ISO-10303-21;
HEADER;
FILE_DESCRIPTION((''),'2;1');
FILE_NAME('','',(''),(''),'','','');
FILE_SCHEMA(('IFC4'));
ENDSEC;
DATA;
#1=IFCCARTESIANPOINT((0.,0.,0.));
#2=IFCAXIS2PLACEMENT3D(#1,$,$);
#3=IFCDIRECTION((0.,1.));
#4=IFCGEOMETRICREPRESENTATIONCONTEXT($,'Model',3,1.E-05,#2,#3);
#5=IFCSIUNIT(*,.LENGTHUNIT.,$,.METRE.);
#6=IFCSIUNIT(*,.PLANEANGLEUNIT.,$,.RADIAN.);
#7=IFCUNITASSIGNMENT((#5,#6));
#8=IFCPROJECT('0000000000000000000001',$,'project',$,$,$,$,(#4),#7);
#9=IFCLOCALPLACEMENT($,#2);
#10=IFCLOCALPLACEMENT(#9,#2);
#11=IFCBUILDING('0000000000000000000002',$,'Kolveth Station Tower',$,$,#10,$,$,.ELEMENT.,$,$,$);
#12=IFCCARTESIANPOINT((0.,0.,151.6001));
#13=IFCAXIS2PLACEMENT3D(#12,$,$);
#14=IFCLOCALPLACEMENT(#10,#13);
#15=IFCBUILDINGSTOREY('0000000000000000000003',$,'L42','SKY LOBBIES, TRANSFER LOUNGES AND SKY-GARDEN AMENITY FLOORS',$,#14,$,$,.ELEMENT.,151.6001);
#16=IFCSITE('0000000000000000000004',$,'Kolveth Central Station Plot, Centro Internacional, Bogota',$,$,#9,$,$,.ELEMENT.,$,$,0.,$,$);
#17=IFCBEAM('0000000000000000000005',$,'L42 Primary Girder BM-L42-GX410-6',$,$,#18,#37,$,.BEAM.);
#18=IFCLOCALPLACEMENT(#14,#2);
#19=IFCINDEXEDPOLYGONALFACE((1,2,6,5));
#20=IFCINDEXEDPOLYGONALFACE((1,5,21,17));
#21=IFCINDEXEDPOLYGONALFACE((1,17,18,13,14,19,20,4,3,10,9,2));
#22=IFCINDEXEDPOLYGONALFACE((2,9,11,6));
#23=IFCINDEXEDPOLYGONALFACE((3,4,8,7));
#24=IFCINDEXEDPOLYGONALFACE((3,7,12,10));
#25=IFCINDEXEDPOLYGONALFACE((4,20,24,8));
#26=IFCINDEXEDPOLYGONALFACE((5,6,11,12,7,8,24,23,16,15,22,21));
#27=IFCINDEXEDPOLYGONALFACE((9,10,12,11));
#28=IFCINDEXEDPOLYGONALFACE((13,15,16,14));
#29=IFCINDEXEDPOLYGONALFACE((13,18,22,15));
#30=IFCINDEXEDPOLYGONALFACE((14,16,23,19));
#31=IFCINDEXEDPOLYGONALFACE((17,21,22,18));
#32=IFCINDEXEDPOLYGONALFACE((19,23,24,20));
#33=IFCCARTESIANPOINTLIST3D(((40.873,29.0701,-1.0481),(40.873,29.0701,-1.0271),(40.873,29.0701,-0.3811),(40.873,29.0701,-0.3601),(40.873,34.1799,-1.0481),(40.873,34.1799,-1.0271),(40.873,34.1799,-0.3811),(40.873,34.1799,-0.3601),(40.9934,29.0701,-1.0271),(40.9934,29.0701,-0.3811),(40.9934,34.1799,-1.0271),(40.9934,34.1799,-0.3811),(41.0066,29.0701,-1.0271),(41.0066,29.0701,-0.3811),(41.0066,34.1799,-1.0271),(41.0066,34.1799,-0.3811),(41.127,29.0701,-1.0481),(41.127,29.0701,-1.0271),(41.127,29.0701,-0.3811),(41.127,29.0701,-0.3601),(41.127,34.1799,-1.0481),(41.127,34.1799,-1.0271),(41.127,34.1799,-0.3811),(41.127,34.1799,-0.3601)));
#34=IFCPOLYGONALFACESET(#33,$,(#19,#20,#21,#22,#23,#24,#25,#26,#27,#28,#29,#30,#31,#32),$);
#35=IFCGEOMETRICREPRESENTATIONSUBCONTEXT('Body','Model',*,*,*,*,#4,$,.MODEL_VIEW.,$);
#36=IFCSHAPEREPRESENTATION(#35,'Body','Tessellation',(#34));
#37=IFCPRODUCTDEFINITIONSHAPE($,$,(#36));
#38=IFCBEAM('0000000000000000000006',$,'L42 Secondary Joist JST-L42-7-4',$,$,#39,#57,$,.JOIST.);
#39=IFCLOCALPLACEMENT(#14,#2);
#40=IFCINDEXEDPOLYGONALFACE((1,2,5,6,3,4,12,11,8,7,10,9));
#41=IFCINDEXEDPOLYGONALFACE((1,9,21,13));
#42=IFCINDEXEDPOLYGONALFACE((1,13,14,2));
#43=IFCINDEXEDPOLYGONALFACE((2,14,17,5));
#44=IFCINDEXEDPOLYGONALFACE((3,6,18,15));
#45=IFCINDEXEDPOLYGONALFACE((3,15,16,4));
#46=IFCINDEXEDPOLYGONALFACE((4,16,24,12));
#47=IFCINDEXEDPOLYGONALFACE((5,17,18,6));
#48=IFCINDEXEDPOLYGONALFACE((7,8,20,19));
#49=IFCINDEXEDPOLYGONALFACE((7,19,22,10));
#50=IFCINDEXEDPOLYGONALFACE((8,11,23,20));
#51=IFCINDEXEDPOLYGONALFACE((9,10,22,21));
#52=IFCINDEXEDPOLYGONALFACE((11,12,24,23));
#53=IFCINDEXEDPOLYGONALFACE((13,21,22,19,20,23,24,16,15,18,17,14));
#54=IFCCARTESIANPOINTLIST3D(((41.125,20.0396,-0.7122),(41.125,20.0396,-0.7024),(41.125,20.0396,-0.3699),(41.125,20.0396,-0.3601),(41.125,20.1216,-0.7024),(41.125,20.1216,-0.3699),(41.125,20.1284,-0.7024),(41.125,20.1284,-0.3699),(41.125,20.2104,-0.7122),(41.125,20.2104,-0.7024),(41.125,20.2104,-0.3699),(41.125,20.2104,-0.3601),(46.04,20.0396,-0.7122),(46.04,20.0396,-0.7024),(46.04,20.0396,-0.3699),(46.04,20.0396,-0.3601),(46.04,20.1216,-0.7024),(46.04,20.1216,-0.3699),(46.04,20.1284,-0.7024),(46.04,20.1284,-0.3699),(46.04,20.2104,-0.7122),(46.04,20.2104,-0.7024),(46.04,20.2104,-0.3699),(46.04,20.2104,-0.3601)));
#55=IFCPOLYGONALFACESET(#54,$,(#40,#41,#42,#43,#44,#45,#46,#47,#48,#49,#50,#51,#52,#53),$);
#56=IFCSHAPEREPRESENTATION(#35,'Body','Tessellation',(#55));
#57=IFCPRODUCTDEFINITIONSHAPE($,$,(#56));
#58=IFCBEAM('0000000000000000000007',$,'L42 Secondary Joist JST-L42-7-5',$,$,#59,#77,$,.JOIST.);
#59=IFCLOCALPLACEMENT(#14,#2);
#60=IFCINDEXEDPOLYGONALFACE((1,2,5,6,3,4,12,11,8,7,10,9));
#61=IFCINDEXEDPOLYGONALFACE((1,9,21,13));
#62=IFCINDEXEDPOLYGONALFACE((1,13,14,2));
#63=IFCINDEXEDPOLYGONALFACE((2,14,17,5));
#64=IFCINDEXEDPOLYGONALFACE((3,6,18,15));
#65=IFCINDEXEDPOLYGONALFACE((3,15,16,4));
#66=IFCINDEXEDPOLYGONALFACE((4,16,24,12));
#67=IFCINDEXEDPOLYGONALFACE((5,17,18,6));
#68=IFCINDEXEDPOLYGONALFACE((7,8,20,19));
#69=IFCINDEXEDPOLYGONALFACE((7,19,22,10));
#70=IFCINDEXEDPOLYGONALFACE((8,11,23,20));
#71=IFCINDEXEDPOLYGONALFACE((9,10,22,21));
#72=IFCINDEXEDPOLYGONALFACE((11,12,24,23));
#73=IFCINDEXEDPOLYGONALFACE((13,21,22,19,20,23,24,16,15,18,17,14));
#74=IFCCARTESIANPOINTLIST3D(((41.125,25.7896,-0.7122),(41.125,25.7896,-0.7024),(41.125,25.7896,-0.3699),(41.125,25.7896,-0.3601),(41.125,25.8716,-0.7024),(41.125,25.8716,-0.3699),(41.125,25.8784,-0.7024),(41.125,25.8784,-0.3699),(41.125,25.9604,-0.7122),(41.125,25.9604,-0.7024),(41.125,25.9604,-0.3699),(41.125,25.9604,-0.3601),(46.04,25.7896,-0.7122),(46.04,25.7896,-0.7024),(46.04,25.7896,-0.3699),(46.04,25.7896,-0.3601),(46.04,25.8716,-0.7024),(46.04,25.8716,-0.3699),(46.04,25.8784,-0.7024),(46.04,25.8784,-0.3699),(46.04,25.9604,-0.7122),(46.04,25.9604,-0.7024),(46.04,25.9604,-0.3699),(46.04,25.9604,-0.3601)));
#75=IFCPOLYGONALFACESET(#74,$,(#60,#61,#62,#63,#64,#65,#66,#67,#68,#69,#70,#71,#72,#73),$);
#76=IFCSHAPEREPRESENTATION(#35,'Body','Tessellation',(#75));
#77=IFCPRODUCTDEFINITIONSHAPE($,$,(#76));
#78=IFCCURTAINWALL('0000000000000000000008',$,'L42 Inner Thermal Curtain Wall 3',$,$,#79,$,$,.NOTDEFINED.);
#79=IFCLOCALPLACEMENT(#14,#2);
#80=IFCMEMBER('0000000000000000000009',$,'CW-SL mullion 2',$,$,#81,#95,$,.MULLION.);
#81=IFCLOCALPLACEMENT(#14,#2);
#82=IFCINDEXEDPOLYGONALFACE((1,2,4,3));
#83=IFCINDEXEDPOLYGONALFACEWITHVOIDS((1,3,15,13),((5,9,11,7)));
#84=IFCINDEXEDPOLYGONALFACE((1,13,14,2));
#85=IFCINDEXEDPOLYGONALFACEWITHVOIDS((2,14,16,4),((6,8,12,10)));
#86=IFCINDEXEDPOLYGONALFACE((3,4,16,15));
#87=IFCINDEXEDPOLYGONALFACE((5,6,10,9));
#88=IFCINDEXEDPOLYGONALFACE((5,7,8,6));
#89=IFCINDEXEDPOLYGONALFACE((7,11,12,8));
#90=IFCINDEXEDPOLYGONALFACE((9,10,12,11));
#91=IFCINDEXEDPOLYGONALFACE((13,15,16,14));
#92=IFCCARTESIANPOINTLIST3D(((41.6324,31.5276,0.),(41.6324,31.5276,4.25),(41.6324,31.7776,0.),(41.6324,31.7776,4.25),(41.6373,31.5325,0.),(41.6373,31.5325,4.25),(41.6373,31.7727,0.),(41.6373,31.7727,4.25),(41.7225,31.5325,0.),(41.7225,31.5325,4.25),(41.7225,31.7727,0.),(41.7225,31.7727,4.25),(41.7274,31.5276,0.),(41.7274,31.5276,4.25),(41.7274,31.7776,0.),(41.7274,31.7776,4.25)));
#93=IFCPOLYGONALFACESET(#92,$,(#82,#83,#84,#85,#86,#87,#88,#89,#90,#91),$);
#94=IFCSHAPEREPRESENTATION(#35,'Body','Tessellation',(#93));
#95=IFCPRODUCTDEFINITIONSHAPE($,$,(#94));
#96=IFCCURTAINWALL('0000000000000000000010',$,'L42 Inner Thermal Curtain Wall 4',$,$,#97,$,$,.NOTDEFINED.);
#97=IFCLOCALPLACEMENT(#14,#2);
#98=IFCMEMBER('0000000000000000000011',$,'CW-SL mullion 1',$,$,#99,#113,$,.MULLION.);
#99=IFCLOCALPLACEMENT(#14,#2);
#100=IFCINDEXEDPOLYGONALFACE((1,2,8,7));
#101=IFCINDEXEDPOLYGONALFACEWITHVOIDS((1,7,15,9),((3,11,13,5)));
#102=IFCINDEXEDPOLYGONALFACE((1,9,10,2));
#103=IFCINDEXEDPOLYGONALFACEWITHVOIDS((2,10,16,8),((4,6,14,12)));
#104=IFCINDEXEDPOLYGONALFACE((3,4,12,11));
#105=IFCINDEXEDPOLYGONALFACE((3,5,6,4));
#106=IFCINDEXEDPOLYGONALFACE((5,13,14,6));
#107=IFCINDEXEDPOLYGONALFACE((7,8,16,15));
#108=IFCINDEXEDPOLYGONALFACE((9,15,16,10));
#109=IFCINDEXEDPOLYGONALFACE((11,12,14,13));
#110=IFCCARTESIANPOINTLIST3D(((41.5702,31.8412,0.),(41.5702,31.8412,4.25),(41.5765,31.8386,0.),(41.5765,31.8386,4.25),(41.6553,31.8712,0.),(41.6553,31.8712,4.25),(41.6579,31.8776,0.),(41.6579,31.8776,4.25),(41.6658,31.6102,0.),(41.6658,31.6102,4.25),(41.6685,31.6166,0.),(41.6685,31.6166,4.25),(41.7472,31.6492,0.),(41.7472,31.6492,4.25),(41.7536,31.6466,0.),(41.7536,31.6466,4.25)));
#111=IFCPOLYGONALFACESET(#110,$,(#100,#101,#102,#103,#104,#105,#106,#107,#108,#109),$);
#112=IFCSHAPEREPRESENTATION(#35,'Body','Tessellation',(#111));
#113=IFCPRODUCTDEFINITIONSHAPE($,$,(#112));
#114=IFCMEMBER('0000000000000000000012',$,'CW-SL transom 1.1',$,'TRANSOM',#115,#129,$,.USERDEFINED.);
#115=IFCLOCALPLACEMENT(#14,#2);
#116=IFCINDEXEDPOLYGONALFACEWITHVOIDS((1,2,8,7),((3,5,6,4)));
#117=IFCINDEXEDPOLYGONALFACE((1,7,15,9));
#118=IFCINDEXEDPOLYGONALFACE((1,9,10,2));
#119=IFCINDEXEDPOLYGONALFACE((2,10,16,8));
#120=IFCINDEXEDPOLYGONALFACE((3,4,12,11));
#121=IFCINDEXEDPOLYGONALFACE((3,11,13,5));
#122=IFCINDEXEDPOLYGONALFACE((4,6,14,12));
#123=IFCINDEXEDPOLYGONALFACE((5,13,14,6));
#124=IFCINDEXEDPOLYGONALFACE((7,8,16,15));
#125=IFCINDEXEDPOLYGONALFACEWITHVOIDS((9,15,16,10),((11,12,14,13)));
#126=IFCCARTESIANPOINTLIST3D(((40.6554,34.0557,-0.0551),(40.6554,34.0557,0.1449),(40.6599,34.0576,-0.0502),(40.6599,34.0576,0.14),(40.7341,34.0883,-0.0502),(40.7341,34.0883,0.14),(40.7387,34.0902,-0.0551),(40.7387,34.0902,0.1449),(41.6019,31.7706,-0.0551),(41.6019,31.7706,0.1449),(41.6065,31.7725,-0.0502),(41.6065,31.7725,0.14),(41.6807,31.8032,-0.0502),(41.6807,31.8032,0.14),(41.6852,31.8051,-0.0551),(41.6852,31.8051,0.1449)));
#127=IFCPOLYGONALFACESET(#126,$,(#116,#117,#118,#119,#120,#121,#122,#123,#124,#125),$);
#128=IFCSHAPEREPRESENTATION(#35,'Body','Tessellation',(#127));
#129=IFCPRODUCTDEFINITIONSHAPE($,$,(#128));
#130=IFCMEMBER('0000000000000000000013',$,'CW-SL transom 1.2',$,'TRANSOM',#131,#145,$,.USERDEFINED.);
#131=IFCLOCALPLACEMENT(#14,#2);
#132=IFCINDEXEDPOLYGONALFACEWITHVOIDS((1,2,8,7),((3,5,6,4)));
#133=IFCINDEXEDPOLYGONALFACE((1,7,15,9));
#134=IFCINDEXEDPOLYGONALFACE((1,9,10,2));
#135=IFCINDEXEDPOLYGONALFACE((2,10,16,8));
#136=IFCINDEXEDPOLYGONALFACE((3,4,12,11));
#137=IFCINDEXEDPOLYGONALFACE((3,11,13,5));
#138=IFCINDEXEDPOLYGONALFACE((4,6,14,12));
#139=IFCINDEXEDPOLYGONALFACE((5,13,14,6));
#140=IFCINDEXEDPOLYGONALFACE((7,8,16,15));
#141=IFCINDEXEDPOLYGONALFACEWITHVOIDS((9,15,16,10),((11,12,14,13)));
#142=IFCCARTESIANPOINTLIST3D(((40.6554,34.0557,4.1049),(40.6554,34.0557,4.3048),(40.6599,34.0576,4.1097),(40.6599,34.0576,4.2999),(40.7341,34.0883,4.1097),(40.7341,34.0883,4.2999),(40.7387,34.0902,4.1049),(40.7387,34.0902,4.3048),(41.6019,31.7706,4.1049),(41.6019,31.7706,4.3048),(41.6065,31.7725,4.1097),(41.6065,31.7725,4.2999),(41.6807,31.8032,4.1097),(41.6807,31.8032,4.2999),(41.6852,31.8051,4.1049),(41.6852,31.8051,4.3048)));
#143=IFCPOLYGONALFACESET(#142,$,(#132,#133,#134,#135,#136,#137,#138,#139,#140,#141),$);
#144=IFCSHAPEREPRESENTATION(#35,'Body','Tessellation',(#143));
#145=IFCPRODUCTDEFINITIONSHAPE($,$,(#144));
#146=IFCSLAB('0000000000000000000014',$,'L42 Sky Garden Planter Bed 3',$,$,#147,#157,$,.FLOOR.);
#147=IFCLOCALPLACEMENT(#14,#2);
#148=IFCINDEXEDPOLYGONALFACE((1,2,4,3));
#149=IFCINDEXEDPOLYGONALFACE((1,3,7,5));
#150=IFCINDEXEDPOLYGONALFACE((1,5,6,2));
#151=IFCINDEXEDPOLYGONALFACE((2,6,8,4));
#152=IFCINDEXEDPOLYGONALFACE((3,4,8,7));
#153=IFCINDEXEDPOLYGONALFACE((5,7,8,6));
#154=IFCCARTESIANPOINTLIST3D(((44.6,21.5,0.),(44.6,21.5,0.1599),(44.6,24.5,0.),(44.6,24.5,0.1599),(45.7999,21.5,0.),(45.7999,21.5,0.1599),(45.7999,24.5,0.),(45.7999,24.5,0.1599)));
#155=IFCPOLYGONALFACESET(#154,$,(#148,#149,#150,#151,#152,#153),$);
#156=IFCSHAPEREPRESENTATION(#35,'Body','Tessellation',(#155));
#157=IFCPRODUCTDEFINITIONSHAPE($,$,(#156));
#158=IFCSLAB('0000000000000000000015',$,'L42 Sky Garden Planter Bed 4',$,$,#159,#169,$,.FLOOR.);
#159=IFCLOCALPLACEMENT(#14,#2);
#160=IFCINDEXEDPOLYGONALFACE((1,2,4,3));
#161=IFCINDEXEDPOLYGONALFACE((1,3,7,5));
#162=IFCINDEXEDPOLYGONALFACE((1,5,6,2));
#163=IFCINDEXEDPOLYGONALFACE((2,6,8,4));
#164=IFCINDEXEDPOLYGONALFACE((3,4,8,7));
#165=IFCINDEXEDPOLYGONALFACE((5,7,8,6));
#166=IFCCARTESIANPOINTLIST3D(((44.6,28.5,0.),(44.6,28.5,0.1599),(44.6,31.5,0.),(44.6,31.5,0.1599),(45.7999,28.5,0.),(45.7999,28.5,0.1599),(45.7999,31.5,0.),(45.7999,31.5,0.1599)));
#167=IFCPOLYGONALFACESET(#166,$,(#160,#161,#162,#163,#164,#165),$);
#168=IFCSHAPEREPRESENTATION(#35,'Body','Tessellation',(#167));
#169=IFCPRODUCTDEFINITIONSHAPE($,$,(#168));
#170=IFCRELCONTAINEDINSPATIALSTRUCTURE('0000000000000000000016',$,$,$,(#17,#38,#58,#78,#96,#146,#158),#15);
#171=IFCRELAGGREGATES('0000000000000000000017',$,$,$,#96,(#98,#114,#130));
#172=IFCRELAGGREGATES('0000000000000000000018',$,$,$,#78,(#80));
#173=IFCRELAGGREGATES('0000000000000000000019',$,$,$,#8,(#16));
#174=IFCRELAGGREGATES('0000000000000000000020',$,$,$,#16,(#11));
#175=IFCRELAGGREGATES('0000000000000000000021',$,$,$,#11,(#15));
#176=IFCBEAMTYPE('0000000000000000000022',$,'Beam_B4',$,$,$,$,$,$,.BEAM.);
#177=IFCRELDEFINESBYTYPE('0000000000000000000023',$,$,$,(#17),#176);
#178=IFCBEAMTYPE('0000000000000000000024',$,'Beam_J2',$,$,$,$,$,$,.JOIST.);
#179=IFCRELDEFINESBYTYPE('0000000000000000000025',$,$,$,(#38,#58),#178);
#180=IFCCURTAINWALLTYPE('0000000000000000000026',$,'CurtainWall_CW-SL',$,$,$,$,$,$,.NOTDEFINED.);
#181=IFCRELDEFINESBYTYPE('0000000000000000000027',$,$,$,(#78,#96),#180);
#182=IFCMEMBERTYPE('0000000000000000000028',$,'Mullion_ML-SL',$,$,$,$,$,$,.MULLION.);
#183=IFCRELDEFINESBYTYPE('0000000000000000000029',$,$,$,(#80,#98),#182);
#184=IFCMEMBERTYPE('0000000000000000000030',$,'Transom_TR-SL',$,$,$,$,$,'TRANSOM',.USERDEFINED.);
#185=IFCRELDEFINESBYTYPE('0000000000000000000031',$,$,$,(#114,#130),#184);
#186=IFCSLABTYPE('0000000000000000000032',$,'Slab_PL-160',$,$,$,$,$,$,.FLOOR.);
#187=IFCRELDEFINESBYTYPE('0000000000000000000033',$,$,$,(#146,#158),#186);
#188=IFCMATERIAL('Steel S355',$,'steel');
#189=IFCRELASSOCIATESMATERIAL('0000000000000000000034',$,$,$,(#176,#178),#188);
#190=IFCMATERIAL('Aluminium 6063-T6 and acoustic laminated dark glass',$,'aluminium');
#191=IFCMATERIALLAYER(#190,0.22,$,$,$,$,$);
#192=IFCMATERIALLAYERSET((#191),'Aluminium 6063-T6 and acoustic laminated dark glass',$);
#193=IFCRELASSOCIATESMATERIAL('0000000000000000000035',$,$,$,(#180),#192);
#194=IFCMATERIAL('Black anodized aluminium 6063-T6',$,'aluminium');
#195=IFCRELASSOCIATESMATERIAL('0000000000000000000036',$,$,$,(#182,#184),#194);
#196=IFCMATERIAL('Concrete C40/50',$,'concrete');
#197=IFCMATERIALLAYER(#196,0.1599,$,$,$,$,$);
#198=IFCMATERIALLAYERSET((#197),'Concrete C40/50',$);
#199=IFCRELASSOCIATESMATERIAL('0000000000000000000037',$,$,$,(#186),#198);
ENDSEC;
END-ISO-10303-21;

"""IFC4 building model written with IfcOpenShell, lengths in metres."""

from ifc_helpers import new_model, si_unit, direction, frame, origin, origin_2d, place, context, subcontext, project, spatial, rectangle, hollow_rectangle, i_section, extrude, source, transform, mapped, material, layer, layer_set, material_profile, profile_set, type_object, element, aggregate, save


model = new_model("IFC4")

# Units and contexts
model_context = context("Model", 3, precision=1e-05, world=origin(), true_north=direction((0.0, 1.0)))
body_context = subcontext(model_context, "Body", "Model", "MODEL_VIEW")
ifc_project = project(units=[si_unit("LENGTHUNIT", "METRE"), si_unit("PLANEANGLEUNIT", "RADIAN")], contexts=[model_context])

# Site, building, storey
site_placement = place(None, origin())
site = spatial("IfcSite", under=ifc_project, at=site_placement, Name="Kolveth Central Station Plot, Centro Internacional, Bogota", CompositionType="ELEMENT", RefElevation=0.0)
building_placement = place(site_placement, origin())
building = spatial("IfcBuilding", under=site, at=building_placement, Name="Kolveth Station Tower", CompositionType="ELEMENT")
storey_placement = place(building_placement, frame((0.0, 0.0, 151.6001)))
storey = spatial("IfcBuildingStorey", under=building, at=storey_placement, Name="L42", Description="SKY LOBBIES, TRANSFER LOUNGES AND SKY-GARDEN AMENITY FLOORS", CompositionType="ELEMENT", Elevation=151.6001)

# Shared definitions
ifc_material_1 = material(Name="Steel S355", Category="steel")

# Beams
ifc_material_profile_1 = material_profile(ifc_material_1, i_section(OverallWidth=0.2539, OverallDepth=0.688, WebThickness=0.0132, FlangeThickness=0.021, at=origin_2d()), Name="W690x152")
ifc_profile_set_1 = profile_set([ifc_material_profile_1], Name="Steel S355")
beam_type_1 = type_object("IfcBeamType", Name="Beam_B4", PredefinedType="BEAM", material=ifc_profile_set_1)
shared_shape_1 = source(origin(), body_context, "Body", "SweptSolid", [
    extrude(i_section(OverallWidth=0.2539, OverallDepth=0.688, WebThickness=0.0132, FlangeThickness=0.021, at=origin_2d()), origin(), (0.0, 0.0, 1.0), 5.1099),
])
for number, where, z_axis, x_axis, name in (
    (1, (41.0, 29.0701, -0.7041), (0.0, 1.0, 0.0), (-1.0, 0.0, 0.0), "L42 Primary Girder BM-L42-GX410-6"),
):
    element("IfcBeam", number, at=place(storey_placement, frame(where, z_axis=z_axis, x_axis=x_axis)), inside=storey, type_object=beam_type_1, Name=name, PredefinedType="BEAM", context=body_context, shape_type="MappedRepresentation", body=[
        mapped(shared_shape_1, transform((0.0, 0.0, 0.0), x_axis=(1.0, 0.0, 0.0), y_axis=(0.0, 1.0, 0.0), z_axis=(0.0, 0.0, 1.0), scale=1.0)),
    ])
ifc_material_profile_2 = material_profile(ifc_material_1, i_section(OverallWidth=0.1709, OverallDepth=0.3521, WebThickness=0.0068, FlangeThickness=0.0098, at=origin_2d()), Name="W360x44")
ifc_profile_set_2 = profile_set([ifc_material_profile_2], Name="Steel S355")
beam_type_2 = type_object("IfcBeamType", Name="Beam_J2", PredefinedType="JOIST", material=ifc_profile_set_2)
shared_shape_2 = source(origin(), body_context, "Body", "SweptSolid", [
    extrude(i_section(OverallWidth=0.1709, OverallDepth=0.3521, WebThickness=0.0068, FlangeThickness=0.0098, at=origin_2d()), origin(), (0.0, 0.0, 1.0), 4.915),
])
for number, where, z_axis, x_axis, name in (
    (2, (41.125, 20.125, -0.5361), (1.0, 0.0, 0.0), (0.0, 1.0, 0.0), "L42 Secondary Joist JST-L42-7-4"),
    (3, (41.125, 25.875, -0.5361), (1.0, 0.0, 0.0), (0.0, 1.0, 0.0), "L42 Secondary Joist JST-L42-7-5"),
):
    element("IfcBeam", number, at=place(storey_placement, frame(where, z_axis=z_axis, x_axis=x_axis)), inside=storey, type_object=beam_type_2, Name=name, PredefinedType="JOIST", context=body_context, shape_type="MappedRepresentation", body=[
        mapped(shared_shape_2, transform((0.0, 0.0, 0.0), x_axis=(1.0, 0.0, 0.0), y_axis=(0.0, 1.0, 0.0), z_axis=(0.0, 0.0, 1.0), scale=1.0)),
    ])

# Curtain wall, member
ifc_material_2 = material(Name="Aluminium 6063-T6 and acoustic laminated dark glass", Category="aluminium")
ifc_layer_1 = layer(ifc_material_2, 0.22)
ifc_layer_set_1 = layer_set([ifc_layer_1], Name="Aluminium 6063-T6 and acoustic laminated dark glass")
curtain_wall_type = type_object("IfcCurtainWallType", Name="CurtainWall_CW-SL", PredefinedType="NOTDEFINED", material=ifc_layer_set_1)
curtain_wall_1_placement = place(storey_placement, origin())
curtain_wall_1 = element("IfcCurtainWall", 4, at=curtain_wall_1_placement, inside=storey, type_object=curtain_wall_type, Name="L42 Inner Thermal Curtain Wall 3", PredefinedType="NOTDEFINED")
ifc_material_3 = material(Name="Black anodized aluminium 6063-T6", Category="aluminium")
ifc_material_profile_3 = material_profile(ifc_material_3, hollow_rectangle(XDim=0.095, YDim=0.25, WallThickness=0.0049, at=origin_2d()), Name="ALU-95x250x5")
ifc_profile_set_3 = profile_set([ifc_material_profile_3], Name="Black anodized aluminium 6063-T6")
member_type_1 = type_object("IfcMemberType", Name="Mullion_ML-SL", PredefinedType="MULLION", material=ifc_profile_set_3)
shared_shape_3 = source(origin(), body_context, "Body", "SweptSolid", [
    extrude(hollow_rectangle(XDim=0.095, YDim=0.25, WallThickness=0.0049, at=origin_2d()), origin(), (0.0, 0.0, 1.0), 4.25),
])
member_1_placement = place(storey_placement, frame((41.6799, 31.6526, 0.0), z_axis=(0.0, 0.0, 1.0), x_axis=(-1.0, 0.0, 0.0)))
member_1 = element("IfcMember", 5, at=member_1_placement, type_object=member_type_1, Name="CW-SL mullion 2", PredefinedType="MULLION", context=body_context, shape_type="MappedRepresentation", body=[
    mapped(shared_shape_3, transform((0.0, 0.0, 0.0), x_axis=(1.0, 0.0, 0.0), y_axis=(0.0, 1.0, 0.0), z_axis=(0.0, 0.0, 1.0), scale=1.0)),
])

# Curtain wall, members
curtain_wall_2_placement = place(storey_placement, origin())
curtain_wall_2 = element("IfcCurtainWall", 6, at=curtain_wall_2_placement, inside=storey, type_object=curtain_wall_type, Name="L42 Inner Thermal Curtain Wall 4", PredefinedType="NOTDEFINED")
member_2_placement = place(storey_placement, frame((41.6619, 31.7439, 0.0), z_axis=(0.0, 0.0, 1.0), x_axis=(-0.923874, -0.382698, 0.0)))
member_2 = element("IfcMember", 7, at=member_2_placement, type_object=member_type_1, Name="CW-SL mullion 1", PredefinedType="MULLION", context=body_context, shape_type="MappedRepresentation", body=[
    mapped(shared_shape_3, transform((0.0, 0.0, 0.0), x_axis=(1.0, 0.0, 0.0), y_axis=(0.0, 1.0, 0.0), z_axis=(0.0, 0.0, 1.0), scale=1.0)),
])
ifc_material_profile_4 = material_profile(ifc_material_3, hollow_rectangle(XDim=0.0901, YDim=0.2, WallThickness=0.0049, at=origin_2d()), Name="ALU-90x200x5")
ifc_profile_set_4 = profile_set([ifc_material_profile_4], Name="Black anodized aluminium 6063-T6")
member_type_2 = type_object("IfcMemberType", Name="Transom_TR-SL", ElementType="TRANSOM", PredefinedType="USERDEFINED", material=ifc_profile_set_4)
shared_shape_4 = source(origin(), body_context, "Body", "SweptSolid", [
    extrude(hollow_rectangle(XDim=0.0901, YDim=0.2, WallThickness=0.0049, at=origin_2d()), origin(), (0.0, 0.0, 1.0), 2.4734),
])
member_3_placement = place(storey_placement, frame((41.6436, 31.7878, 0.0449), z_axis=(-0.38268, 0.923881, 0.0), x_axis=(-0.923881, -0.38268, 0.0)))
member_3 = element("IfcMember", 8, at=member_3_placement, type_object=member_type_2, Name="CW-SL transom 1.1", ObjectType="TRANSOM", PredefinedType="USERDEFINED", context=body_context, shape_type="MappedRepresentation", body=[
    mapped(shared_shape_4, transform((0.0, 0.0, 0.0), x_axis=(1.0, 0.0, 0.0), y_axis=(0.0, 1.0, 0.0), z_axis=(0.0, 0.0, 1.0), scale=1.0)),
])
member_4_placement = place(storey_placement, frame((41.6436, 31.7878, 4.2048), z_axis=(-0.38268, 0.923881, 0.0), x_axis=(-0.923881, -0.38268, 0.0)))
member_4 = element("IfcMember", 9, at=member_4_placement, type_object=member_type_2, Name="CW-SL transom 1.2", ObjectType="TRANSOM", PredefinedType="USERDEFINED", context=body_context, shape_type="MappedRepresentation", body=[
    mapped(shared_shape_4, transform((0.0, 0.0, 0.0), x_axis=(1.0, 0.0, 0.0), y_axis=(0.0, 1.0, 0.0), z_axis=(0.0, 0.0, 1.0), scale=1.0)),
])
aggregate(curtain_wall_2, [member_2, member_3, member_4])

# Slabs
ifc_material_4 = material(Name="Concrete C40/50", Category="concrete")
ifc_layer_2 = layer(ifc_material_4, 0.1599)
ifc_layer_set_2 = layer_set([ifc_layer_2], Name="Concrete C40/50")
slab_type = type_object("IfcSlabType", Name="Slab_PL-160", PredefinedType="FLOOR", material=ifc_layer_set_2)
shared_shape_5 = source(origin(), body_context, "Body", "SweptSolid", [
    extrude(rectangle(XDim=1.2, YDim=3.0, at=origin_2d()), origin(), (0.0, 0.0, 1.0), 0.1599),
])
for number, where, z_axis, x_axis, name in (
    (10, (45.2, 23.0, 0.0), (0.0, 0.0, 1.0), (1.0, 0.0, 0.0), "L42 Sky Garden Planter Bed 3"),
    (11, (45.2, 30.0, 0.0), (0.0, 0.0, 1.0), (1.0, 0.0, 0.0), "L42 Sky Garden Planter Bed 4"),
):
    element("IfcSlab", number, at=place(storey_placement, frame(where, z_axis=z_axis, x_axis=x_axis)), inside=storey, type_object=slab_type, Name=name, PredefinedType="FLOOR", context=body_context, shape_type="MappedRepresentation", body=[
        mapped(shared_shape_5, transform((0.0, 0.0, 0.0), x_axis=(1.0, 0.0, 0.0), y_axis=(0.0, 1.0, 0.0), z_axis=(0.0, 0.0, 1.0), scale=1.0)),
    ])

aggregate(curtain_wall_1, [member_1])

save(model, "model.ifc")
